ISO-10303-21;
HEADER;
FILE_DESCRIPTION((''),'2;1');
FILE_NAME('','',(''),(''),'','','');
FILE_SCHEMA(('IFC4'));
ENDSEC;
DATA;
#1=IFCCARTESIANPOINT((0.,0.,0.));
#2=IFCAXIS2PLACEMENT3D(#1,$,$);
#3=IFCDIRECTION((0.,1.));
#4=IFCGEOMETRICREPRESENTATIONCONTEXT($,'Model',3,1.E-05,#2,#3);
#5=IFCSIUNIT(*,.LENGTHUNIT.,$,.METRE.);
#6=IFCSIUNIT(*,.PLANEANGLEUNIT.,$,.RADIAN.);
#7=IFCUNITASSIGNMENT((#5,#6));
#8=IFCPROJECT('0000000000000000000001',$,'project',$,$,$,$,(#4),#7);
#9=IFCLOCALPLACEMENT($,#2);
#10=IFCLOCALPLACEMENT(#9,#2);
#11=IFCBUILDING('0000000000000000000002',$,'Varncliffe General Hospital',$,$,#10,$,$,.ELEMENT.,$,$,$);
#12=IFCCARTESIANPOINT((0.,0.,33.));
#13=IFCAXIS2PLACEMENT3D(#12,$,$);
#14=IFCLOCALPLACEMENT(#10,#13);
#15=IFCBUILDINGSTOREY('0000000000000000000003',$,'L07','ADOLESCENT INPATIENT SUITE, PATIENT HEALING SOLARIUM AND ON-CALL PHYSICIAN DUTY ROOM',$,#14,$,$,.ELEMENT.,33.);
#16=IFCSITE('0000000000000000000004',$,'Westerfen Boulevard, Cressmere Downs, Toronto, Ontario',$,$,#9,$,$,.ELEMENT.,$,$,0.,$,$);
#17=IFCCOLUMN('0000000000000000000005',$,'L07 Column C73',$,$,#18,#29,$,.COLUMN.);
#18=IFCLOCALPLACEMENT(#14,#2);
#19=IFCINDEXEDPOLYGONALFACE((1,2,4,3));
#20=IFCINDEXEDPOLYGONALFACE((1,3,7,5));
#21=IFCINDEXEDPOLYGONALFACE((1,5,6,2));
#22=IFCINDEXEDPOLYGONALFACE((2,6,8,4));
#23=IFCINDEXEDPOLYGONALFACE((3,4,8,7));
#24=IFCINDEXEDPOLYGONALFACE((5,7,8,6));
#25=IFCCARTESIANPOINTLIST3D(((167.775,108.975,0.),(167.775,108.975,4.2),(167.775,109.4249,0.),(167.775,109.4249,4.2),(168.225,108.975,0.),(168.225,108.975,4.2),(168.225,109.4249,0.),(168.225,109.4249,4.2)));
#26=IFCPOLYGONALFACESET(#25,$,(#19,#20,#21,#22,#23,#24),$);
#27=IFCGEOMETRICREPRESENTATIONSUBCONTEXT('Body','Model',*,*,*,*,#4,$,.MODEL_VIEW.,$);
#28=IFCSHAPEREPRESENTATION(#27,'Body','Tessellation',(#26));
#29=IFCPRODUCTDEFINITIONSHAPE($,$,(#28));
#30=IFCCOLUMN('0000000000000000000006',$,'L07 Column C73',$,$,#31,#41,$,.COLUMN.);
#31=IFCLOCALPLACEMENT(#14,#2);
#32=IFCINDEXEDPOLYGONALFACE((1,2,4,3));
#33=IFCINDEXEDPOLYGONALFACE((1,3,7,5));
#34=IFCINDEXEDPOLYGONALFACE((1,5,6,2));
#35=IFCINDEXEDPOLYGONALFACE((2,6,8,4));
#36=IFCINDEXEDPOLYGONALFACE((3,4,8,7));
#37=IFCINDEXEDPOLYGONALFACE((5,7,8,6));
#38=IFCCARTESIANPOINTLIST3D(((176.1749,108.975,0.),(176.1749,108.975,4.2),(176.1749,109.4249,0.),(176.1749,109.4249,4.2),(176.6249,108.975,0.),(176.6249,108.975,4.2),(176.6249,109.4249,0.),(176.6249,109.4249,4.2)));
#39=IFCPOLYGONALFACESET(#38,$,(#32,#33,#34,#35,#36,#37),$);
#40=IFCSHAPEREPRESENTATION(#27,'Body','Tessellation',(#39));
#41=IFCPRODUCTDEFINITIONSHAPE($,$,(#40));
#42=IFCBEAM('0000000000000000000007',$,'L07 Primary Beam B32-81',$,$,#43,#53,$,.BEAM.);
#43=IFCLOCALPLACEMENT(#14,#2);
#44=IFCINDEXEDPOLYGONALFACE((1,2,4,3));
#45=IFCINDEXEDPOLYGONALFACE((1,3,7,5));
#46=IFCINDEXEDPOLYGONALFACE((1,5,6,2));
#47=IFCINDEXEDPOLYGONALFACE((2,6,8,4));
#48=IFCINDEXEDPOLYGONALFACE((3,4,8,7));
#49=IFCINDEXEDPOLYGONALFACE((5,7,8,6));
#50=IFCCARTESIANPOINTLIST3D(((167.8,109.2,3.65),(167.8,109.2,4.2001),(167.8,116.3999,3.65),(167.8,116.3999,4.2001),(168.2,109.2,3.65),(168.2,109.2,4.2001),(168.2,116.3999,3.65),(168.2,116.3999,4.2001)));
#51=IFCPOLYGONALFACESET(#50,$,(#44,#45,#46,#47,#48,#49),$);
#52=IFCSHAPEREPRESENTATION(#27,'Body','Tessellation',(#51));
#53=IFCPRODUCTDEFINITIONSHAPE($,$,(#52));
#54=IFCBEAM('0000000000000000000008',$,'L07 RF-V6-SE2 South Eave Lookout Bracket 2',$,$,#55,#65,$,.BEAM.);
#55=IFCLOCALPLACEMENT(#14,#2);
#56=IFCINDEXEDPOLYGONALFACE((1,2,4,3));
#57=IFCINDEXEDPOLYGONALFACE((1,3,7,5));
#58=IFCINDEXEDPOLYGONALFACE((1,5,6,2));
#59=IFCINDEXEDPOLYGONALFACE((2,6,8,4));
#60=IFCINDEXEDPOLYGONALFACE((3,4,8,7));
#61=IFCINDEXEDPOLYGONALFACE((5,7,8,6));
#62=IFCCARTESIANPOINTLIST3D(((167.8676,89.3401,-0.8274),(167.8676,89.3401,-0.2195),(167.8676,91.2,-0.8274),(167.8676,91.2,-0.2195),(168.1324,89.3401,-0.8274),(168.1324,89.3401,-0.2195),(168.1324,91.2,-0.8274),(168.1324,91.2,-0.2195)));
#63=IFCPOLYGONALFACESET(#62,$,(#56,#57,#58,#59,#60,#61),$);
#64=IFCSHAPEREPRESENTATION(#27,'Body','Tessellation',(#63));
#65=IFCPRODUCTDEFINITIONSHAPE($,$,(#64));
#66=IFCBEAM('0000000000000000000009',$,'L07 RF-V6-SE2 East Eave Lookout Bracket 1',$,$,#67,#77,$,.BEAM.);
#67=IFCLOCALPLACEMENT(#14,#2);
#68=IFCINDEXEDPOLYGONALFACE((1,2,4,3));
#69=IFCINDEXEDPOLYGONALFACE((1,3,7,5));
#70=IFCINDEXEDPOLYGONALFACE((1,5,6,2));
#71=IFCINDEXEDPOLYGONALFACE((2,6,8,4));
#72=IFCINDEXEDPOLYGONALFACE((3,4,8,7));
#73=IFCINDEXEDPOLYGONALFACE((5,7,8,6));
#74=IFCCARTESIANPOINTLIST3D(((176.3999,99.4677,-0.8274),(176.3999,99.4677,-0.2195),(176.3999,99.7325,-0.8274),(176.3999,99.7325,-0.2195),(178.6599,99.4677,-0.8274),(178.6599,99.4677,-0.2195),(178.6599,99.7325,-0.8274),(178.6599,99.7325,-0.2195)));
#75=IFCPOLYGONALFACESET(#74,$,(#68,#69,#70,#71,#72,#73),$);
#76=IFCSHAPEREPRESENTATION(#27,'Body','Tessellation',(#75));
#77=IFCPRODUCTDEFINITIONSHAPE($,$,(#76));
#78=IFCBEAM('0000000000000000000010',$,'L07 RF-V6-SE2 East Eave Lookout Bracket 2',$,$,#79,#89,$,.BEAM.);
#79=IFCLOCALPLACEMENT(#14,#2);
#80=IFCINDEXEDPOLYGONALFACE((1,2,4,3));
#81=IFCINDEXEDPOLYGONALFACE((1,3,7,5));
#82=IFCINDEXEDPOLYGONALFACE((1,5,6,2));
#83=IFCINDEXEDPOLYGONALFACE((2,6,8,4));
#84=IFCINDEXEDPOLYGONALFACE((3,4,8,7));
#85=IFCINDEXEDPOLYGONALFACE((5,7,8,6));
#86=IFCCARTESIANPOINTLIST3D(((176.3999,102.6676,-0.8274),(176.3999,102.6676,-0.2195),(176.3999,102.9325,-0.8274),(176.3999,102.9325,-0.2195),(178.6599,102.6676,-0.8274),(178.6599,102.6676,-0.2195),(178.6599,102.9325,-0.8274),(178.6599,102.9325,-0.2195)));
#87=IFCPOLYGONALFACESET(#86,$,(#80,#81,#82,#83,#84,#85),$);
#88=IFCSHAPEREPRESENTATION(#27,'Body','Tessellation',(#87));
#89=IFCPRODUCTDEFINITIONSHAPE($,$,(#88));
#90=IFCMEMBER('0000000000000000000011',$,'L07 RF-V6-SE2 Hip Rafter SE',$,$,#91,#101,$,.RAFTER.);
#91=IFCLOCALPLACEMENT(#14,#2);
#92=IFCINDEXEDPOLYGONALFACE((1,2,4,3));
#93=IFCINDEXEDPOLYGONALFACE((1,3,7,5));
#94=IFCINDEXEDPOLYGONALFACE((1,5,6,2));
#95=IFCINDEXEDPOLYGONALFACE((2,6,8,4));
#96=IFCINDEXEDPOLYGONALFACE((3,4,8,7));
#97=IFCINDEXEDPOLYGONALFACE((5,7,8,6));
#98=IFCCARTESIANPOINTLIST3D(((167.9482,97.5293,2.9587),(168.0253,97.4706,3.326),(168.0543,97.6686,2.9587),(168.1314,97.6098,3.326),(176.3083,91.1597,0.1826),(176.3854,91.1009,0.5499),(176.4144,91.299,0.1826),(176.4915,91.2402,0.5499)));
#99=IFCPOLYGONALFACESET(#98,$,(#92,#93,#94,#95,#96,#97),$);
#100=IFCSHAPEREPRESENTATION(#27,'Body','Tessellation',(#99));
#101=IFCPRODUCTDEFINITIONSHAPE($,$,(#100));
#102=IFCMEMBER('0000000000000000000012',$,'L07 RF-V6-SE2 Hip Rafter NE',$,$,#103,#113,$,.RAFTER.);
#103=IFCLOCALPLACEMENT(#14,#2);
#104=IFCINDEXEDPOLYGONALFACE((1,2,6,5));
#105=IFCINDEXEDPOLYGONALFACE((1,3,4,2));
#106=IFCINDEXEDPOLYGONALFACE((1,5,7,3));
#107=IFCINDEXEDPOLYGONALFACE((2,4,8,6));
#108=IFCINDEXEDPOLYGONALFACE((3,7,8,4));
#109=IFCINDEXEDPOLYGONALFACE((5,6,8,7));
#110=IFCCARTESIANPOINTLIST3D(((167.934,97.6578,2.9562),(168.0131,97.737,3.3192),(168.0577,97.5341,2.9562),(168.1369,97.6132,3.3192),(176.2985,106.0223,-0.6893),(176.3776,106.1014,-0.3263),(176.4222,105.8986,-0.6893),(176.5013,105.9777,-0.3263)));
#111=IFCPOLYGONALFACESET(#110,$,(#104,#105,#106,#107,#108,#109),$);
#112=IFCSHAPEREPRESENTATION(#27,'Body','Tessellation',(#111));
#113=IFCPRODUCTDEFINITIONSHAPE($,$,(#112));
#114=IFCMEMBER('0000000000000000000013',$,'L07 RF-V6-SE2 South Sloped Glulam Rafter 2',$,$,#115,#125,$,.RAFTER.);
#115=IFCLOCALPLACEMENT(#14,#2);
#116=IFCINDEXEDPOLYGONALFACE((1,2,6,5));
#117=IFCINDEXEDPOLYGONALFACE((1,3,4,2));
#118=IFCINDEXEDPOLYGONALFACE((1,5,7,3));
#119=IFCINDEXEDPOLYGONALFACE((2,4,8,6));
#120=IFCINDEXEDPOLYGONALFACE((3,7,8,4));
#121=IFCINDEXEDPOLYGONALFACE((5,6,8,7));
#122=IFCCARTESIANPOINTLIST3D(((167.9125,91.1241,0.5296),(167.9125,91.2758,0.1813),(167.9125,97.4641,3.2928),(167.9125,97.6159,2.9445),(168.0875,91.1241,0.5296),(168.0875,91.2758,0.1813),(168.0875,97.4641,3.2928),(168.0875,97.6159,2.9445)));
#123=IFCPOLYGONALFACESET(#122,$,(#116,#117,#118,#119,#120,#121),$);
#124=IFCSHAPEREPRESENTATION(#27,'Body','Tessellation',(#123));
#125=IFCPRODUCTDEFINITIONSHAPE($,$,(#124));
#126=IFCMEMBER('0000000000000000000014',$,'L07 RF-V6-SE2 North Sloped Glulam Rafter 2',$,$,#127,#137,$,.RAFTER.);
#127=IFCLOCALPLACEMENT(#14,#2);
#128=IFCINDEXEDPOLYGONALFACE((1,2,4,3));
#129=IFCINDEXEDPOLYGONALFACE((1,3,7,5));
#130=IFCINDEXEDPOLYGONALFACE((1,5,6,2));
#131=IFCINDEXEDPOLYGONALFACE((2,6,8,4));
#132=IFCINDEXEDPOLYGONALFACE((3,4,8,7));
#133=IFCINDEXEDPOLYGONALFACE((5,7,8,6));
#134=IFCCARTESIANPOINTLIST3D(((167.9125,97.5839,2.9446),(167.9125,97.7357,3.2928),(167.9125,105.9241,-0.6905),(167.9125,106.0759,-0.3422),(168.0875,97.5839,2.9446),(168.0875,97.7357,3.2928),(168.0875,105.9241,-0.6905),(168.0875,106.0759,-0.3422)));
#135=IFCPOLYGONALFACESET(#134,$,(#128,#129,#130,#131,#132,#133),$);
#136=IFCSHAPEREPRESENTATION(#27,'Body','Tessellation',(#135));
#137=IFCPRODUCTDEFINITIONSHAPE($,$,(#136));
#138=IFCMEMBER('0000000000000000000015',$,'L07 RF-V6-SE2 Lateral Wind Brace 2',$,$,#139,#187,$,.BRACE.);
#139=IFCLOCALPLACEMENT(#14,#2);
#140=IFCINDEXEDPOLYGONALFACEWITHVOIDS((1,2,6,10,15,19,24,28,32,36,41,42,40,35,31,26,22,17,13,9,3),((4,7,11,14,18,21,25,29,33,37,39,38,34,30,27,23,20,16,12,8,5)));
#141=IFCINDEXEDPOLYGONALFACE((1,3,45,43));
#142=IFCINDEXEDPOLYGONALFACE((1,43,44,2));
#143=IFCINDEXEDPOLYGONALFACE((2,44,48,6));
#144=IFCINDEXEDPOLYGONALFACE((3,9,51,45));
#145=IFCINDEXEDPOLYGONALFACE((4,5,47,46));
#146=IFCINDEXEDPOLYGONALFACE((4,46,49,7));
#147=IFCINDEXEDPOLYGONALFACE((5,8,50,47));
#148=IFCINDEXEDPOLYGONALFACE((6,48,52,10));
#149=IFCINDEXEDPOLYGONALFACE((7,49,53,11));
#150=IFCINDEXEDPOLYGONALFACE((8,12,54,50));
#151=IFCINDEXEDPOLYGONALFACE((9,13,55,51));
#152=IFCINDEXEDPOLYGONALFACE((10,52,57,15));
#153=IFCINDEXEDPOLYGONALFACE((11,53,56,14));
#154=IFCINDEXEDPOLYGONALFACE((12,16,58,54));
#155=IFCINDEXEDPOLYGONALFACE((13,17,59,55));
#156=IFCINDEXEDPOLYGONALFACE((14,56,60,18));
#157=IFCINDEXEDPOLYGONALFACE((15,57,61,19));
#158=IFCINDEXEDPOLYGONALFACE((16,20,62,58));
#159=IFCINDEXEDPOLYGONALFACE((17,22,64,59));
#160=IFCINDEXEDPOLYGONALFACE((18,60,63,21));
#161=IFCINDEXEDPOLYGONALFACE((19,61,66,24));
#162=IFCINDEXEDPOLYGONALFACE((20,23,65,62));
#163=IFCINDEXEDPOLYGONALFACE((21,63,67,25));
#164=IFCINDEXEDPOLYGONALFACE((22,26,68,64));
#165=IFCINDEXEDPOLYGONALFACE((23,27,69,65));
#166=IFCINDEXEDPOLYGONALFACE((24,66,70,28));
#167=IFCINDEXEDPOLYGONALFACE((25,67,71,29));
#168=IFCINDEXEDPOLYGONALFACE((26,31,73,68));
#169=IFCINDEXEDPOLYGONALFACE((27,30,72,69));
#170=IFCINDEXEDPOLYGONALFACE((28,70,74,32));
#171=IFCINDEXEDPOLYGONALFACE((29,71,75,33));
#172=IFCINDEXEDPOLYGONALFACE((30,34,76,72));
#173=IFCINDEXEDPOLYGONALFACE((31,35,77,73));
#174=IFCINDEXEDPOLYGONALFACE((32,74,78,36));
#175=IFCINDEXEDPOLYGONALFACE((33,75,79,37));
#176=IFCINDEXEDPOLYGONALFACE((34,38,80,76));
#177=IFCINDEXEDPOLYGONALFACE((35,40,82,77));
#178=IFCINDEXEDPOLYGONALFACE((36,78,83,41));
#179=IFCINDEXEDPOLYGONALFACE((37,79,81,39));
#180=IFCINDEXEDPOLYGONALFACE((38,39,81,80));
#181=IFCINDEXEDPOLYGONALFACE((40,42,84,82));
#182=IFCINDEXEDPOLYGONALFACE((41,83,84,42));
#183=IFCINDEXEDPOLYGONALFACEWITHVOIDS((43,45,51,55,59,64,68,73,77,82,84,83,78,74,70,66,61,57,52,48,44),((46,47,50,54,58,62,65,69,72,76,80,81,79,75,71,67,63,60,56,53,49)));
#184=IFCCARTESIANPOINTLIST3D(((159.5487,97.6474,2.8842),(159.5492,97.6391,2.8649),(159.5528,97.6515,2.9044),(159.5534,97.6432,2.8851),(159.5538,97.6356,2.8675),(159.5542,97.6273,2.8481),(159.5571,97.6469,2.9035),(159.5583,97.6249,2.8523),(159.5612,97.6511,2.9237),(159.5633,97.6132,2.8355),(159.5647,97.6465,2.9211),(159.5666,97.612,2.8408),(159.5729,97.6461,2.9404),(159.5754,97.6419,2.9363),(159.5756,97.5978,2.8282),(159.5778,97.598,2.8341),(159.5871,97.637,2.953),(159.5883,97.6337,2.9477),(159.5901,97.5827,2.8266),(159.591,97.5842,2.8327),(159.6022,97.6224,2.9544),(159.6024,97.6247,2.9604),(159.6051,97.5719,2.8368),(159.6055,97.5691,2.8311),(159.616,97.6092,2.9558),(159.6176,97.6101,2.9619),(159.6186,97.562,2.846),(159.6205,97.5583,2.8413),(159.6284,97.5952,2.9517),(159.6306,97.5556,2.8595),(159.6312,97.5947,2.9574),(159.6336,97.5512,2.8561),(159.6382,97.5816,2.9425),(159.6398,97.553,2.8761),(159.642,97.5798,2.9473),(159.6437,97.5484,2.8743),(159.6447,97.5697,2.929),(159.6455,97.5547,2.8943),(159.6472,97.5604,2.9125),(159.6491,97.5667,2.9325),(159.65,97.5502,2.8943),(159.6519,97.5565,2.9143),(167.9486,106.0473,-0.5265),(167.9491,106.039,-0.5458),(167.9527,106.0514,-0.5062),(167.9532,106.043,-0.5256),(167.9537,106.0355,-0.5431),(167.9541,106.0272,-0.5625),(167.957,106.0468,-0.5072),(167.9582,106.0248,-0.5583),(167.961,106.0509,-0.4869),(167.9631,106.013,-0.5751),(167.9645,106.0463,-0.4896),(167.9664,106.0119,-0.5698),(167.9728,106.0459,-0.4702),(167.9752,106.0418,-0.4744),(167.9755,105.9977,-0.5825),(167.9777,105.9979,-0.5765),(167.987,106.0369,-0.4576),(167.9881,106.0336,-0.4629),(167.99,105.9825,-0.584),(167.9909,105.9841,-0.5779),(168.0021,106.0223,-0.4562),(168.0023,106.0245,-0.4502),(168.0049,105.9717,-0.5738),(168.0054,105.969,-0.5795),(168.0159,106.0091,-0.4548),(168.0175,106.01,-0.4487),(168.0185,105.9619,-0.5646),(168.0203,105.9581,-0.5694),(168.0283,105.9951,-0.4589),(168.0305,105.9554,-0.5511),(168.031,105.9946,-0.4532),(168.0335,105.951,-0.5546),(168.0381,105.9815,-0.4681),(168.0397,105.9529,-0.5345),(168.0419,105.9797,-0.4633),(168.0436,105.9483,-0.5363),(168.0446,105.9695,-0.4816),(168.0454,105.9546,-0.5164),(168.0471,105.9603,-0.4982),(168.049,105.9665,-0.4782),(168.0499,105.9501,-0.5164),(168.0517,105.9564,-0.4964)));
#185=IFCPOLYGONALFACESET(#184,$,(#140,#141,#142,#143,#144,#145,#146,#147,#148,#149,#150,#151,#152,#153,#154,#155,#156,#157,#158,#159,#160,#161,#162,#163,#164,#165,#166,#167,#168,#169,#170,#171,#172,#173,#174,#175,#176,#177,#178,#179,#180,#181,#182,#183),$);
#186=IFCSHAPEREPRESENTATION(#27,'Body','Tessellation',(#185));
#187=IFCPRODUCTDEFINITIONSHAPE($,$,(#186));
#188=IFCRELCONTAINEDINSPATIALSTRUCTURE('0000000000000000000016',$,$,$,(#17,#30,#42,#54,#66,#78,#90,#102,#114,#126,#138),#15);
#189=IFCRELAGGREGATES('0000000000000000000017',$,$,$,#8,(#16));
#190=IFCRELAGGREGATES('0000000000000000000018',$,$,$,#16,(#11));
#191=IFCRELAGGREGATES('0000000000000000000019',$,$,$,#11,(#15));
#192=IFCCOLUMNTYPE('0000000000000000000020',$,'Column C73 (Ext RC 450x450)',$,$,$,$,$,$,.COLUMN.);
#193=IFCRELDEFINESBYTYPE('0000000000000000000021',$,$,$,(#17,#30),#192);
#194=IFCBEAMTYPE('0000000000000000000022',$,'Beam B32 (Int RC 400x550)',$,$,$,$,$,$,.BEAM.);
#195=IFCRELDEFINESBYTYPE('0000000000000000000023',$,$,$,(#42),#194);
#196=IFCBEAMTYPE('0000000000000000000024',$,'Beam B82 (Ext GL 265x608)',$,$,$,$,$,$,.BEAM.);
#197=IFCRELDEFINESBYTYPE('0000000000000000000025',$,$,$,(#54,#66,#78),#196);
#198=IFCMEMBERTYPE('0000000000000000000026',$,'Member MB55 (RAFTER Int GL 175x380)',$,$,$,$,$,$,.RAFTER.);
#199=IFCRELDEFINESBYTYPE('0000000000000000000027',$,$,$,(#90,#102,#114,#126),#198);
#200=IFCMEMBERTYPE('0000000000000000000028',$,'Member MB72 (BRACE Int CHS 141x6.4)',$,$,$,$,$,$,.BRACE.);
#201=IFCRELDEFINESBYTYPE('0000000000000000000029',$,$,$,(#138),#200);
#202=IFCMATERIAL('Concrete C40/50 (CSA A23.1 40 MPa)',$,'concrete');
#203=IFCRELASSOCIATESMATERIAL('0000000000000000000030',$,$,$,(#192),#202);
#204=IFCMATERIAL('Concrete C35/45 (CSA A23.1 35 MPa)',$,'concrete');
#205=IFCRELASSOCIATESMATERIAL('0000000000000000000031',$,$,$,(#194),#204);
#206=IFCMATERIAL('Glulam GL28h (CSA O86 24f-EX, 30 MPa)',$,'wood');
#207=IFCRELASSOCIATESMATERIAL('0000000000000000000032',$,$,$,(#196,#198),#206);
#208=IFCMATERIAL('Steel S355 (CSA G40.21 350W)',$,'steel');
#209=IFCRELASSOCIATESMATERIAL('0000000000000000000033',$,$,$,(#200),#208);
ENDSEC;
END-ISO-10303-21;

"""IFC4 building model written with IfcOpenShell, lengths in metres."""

from ifc_helpers import new_model, si_unit, direction, frame, origin, origin_2d, place, context, subcontext, project, spatial, rectangle, hollow_circle, extrude, material, material_profile, profile_set, type_object, element, save


model = new_model("IFC4")

# Units and contexts
model_context = context("Model", 3, precision=1e-05, world=origin(), true_north=direction((0.0, 1.0)))
body_context = subcontext(model_context, "Body", "Model", "MODEL_VIEW")
ifc_project = project(units=[si_unit("LENGTHUNIT", "METRE"), si_unit("PLANEANGLEUNIT", "RADIAN")], contexts=[model_context])

# Site, building, storey
site_placement = place(None, origin())
site = spatial("IfcSite", under=ifc_project, at=site_placement, Name="Westerfen Boulevard, Cressmere Downs, Toronto, Ontario", CompositionType="ELEMENT", RefElevation=0.0)
building_placement = place(site_placement, origin())
building = spatial("IfcBuilding", under=site, at=building_placement, Name="Varncliffe General Hospital", CompositionType="ELEMENT")
storey_placement = place(building_placement, frame((0.0, 0.0, 33.0)))
storey = spatial("IfcBuildingStorey", under=building, at=storey_placement, Name="L07", Description="ADOLESCENT INPATIENT SUITE, PATIENT HEALING SOLARIUM AND ON-CALL PHYSICIAN DUTY ROOM", CompositionType="ELEMENT", Elevation=33.0)

# Columns
ifc_material_1 = material(Name="Concrete C40/50 (CSA A23.1 40 MPa)", Category="concrete")
ifc_material_profile_1 = material_profile(ifc_material_1, rectangle(XDim=0.45, YDim=0.45, at=origin_2d()), Name="RC 450x450")
ifc_profile_set_1 = profile_set([ifc_material_profile_1], Name="Concrete C40/50 (CSA A23.1 40 MPa)")
column_type = type_object("IfcColumnType", Name="Column C73 (Ext RC 450x450)", PredefinedType="COLUMN", material=ifc_profile_set_1)
for number, where, z_axis, x_axis, name in (
    (1, (168.0, 109.2, 0.0), (0.0, 0.0, 1.0), (1.0, 0.0, 0.0), "L07 Column C73"),
    (2, (176.3999, 109.2, 0.0), (0.0, 0.0, 1.0), (1.0, 0.0, 0.0), "L07 Column C73"),
):
    element("IfcColumn", number, at=place(storey_placement, frame(where, z_axis=z_axis, x_axis=x_axis)), inside=storey, type_object=column_type, Name=name, PredefinedType="COLUMN", context=body_context, shape_type="SweptSolid", body=[
        extrude(rectangle(XDim=0.45, YDim=0.45, at=origin_2d()), origin(), (0.0, 0.0, 1.0), 4.2),
    ])

# Beams
ifc_material_2 = material(Name="Concrete C35/45 (CSA A23.1 35 MPa)", Category="concrete")
ifc_material_profile_2 = material_profile(ifc_material_2, rectangle(XDim=0.3999, YDim=0.55, at=origin_2d()), Name="RC 400x550")
ifc_profile_set_2 = profile_set([ifc_material_profile_2], Name="Concrete C35/45 (CSA A23.1 35 MPa)")
beam_type_1 = type_object("IfcBeamType", Name="Beam B32 (Int RC 400x550)", PredefinedType="BEAM", material=ifc_profile_set_2)
beam_1_placement = place(storey_placement, frame((168.0, 109.2, 3.925), z_axis=(0.0, 1.0, 0.0), x_axis=(-1.0, 0.0, 0.0)))
element("IfcBeam", 3, at=beam_1_placement, inside=storey, type_object=beam_type_1, Name="L07 Primary Beam B32-81", PredefinedType="BEAM", context=body_context, shape_type="SweptSolid", body=[
    extrude(rectangle(XDim=0.3999, YDim=0.55, at=origin_2d()), origin(), (0.0, 0.0, 1.0), 7.2),
])
ifc_material_3 = material(Name="Glulam GL28h (CSA O86 24f-EX, 30 MPa)", Category="wood")
ifc_material_profile_3 = material_profile(ifc_material_3, rectangle(XDim=0.2649, YDim=0.6079, at=origin_2d()), Name="GL 265x608")
ifc_profile_set_3 = profile_set([ifc_material_profile_3], Name="Glulam GL28h (CSA O86 24f-EX, 30 MPa)")
beam_type_2 = type_object("IfcBeamType", Name="Beam B82 (Ext GL 265x608)", PredefinedType="BEAM", material=ifc_profile_set_3)
beam_2_placement = place(storey_placement, frame((168.0, 89.3401, -0.5234), z_axis=(0.0, 1.0, 0.0), x_axis=(-1.0, 0.0, 0.0)))
element("IfcBeam", 4, at=beam_2_placement, inside=storey, type_object=beam_type_2, Name="L07 RF-V6-SE2 South Eave Lookout Bracket 2", PredefinedType="BEAM", context=body_context, shape_type="SweptSolid", body=[
    extrude(rectangle(XDim=0.2649, YDim=0.6079, at=origin_2d()), origin(), (0.0, 0.0, 1.0), 1.8599),
])
for number, where, z_axis, x_axis, name in (
    (5, (176.3999, 99.6001, -0.5234), (1.0, 0.0, 0.0), (0.0, 1.0, 0.0), "L07 RF-V6-SE2 East Eave Lookout Bracket 1"),
    (6, (176.3999, 102.8, -0.5234), (1.0, 0.0, 0.0), (0.0, 1.0, 0.0), "L07 RF-V6-SE2 East Eave Lookout Bracket 2"),
):
    element("IfcBeam", number, at=place(storey_placement, frame(where, z_axis=z_axis, x_axis=x_axis)), inside=storey, type_object=beam_type_2, Name=name, PredefinedType="BEAM", context=body_context, shape_type="SweptSolid", body=[
        extrude(rectangle(XDim=0.2649, YDim=0.6079, at=origin_2d()), origin(), (0.0, 0.0, 1.0), 2.26),
    ])

# Members
ifc_material_profile_4 = material_profile(ifc_material_3, rectangle(XDim=0.175, YDim=0.3799, at=origin_2d()), Name="GL 175x380")
ifc_profile_set_4 = profile_set([ifc_material_profile_4], Name="Glulam GL28h (CSA O86 24f-EX, 30 MPa)")
member_type_1 = type_object("IfcMemberType", Name="Member MB55 (RAFTER Int GL 175x380)", PredefinedType="RAFTER", material=ifc_profile_set_4)
member_1_placement = place(storey_placement, frame((176.3999, 91.2, 0.3662), z_axis=(-0.769055, 0.585949, 0.255378), x_axis=(-0.606045, -0.795431, 0.0)))
element("IfcMember", 7, at=member_1_placement, inside=storey, type_object=member_type_1, Name="L07 RF-V6-SE2 Hip Rafter SE", PredefinedType="RAFTER", context=body_context, shape_type="SweptSolid", body=[
    extrude(rectangle(XDim=0.175, YDim=0.3799, at=origin_2d()), origin(), (0.0, 0.0, 1.0), 10.8706),
])
member_2_placement = place(storey_placement, frame((176.3999, 106.0, -0.5078), z_axis=(-0.675745, -0.675745, 0.294511), x_axis=(0.707107, -0.707107, 0.0)))
element("IfcMember", 8, at=member_2_placement, inside=storey, type_object=member_type_1, Name="L07 RF-V6-SE2 Hip Rafter NE", PredefinedType="RAFTER", context=body_context, shape_type="SweptSolid", body=[
    extrude(rectangle(XDim=0.175, YDim=0.3799, at=origin_2d()), origin(), (0.0, 0.0, 1.0), 12.3782),
])
member_3_placement = place(storey_placement, frame((168.0, 91.2, 0.3555), z_axis=(0.0, 0.91672, 0.399531), x_axis=(-1.0, 0.0, 0.0)))
element("IfcMember", 9, at=member_3_placement, inside=storey, type_object=member_type_1, Name="L07 RF-V6-SE2 South Sloped Glulam Rafter 2", PredefinedType="RAFTER", context=body_context, shape_type="SweptSolid", body=[
    extrude(rectangle(XDim=0.175, YDim=0.3799, at=origin_2d()), origin(), (0.0, 0.0, 1.0), 6.916),
])
member_4_placement = place(storey_placement, frame((168.0, 106.0, -0.5164), z_axis=(0.0, -0.916713, 0.399547), x_axis=(1.0, 0.0, 0.0)))
element("IfcMember", 10, at=member_4_placement, inside=storey, type_object=member_type_1, Name="L07 RF-V6-SE2 North Sloped Glulam Rafter 2", PredefinedType="RAFTER", context=body_context, shape_type="SweptSolid", body=[
    extrude(rectangle(XDim=0.175, YDim=0.3799, at=origin_2d()), origin(), (0.0, 0.0, 1.0), 9.0979),
])
ifc_material_4 = material(Name="Steel S355 (CSA G40.21 350W)", Category="steel")
ifc_material_profile_5 = material_profile(ifc_material_4, hollow_circle(Radius=0.0706, WallThickness=0.0063, at=origin_2d()), Name="CHS 141x6.4")
ifc_profile_set_5 = profile_set([ifc_material_profile_5], Name="Steel S355 (CSA G40.21 350W)")
member_type_2 = type_object("IfcMemberType", Name="Member MB72 (BRACE Int CHS 141x6.4)", PredefinedType="BRACE", material=ifc_profile_set_5)
member_5_placement = place(storey_placement, frame((168.0, 106.0, -0.5164), z_axis=(-0.679649, -0.679649, 0.275961), x_axis=(0.707107, -0.707107, 0.0)))
element("IfcMember", 11, at=member_5_placement, inside=storey, type_object=member_type_2, Name="L07 RF-V6-SE2 Lateral Wind Brace 2", PredefinedType="BRACE", context=body_context, shape_type="SweptSolid", body=[
    extrude(hollow_circle(Radius=0.0706, WallThickness=0.0063, at=origin_2d()), origin(), (0.0, 0.0, 1.0), 12.3591),
])

save(model, "model.ifc")
